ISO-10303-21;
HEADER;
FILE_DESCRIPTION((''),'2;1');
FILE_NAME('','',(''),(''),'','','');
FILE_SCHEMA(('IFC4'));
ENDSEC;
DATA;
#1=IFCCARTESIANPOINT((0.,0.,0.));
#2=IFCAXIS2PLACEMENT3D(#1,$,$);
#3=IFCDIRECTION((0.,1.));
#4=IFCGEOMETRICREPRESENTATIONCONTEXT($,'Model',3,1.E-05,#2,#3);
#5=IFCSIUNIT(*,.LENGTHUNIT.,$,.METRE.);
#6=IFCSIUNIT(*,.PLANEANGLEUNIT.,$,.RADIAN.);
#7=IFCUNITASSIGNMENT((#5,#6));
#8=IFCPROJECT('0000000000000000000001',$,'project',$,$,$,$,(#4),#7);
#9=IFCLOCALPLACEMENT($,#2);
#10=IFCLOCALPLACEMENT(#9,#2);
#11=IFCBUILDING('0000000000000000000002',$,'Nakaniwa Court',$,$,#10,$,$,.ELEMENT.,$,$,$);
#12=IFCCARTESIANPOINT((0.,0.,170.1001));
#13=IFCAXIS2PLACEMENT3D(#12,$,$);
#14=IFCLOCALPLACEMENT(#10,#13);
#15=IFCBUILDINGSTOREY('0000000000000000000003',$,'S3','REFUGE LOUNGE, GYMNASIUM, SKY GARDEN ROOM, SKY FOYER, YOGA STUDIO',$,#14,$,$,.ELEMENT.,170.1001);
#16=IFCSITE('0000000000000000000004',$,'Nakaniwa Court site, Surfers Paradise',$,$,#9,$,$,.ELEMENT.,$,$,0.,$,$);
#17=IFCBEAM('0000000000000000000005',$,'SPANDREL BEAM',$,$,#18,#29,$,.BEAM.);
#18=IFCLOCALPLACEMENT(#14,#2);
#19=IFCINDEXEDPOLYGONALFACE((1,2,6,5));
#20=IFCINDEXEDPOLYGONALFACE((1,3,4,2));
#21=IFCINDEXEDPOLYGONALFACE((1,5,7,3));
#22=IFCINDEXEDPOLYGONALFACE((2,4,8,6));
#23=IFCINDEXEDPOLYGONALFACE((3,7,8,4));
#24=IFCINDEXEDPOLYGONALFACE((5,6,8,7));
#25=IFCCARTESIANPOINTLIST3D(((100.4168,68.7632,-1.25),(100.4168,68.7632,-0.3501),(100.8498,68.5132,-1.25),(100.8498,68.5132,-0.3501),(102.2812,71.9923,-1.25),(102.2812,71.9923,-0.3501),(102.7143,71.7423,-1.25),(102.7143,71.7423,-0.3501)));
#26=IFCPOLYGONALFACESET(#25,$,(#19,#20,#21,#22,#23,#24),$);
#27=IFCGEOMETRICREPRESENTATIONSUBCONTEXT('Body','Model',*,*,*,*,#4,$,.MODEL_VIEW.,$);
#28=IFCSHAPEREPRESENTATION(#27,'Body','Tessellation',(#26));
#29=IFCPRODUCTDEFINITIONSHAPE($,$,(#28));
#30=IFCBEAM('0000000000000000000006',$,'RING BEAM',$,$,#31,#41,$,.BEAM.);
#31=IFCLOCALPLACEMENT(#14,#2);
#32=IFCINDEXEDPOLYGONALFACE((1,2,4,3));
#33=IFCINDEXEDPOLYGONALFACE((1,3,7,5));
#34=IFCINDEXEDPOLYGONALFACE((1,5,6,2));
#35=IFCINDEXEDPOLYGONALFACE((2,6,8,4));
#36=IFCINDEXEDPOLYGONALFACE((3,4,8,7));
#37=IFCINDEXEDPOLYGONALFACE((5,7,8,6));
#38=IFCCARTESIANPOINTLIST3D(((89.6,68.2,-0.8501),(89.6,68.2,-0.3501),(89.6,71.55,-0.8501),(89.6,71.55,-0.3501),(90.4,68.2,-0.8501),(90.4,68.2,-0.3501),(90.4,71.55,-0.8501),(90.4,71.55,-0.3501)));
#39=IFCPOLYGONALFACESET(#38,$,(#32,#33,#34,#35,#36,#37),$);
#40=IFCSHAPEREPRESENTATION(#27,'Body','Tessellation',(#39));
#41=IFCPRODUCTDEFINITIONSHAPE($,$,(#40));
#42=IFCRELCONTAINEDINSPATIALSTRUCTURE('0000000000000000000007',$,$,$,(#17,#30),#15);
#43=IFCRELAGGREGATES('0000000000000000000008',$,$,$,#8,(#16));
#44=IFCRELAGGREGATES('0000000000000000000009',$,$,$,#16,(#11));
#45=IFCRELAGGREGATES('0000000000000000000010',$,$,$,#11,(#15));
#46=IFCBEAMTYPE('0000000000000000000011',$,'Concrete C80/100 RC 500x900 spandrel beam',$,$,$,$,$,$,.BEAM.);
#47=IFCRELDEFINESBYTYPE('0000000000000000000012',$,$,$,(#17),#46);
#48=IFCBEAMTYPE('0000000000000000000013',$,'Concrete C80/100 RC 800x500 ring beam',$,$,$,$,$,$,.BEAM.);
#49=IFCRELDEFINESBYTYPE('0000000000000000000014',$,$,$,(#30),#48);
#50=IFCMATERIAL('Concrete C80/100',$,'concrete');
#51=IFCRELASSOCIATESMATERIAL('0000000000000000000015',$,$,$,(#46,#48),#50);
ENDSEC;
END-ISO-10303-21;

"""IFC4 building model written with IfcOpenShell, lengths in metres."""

from ifc_helpers import new_model, si_unit, direction, frame, origin, origin_2d, place, context, subcontext, project, spatial, rectangle, extrude, material, material_profile, profile_set, type_object, element, save


model = new_model("IFC4")

# Units and contexts
model_context = context("Model", 3, precision=1e-05, world=origin(), true_north=direction((0.0, 1.0)))
body_context = subcontext(model_context, "Body", "Model", "MODEL_VIEW")
ifc_project = project(units=[si_unit("LENGTHUNIT", "METRE"), si_unit("PLANEANGLEUNIT", "RADIAN")], contexts=[model_context])

# Site, building, storey
site_placement = place(None, origin())
site = spatial("IfcSite", under=ifc_project, at=site_placement, Name="Nakaniwa Court site, Surfers Paradise", CompositionType="ELEMENT", RefElevation=0.0)
building_placement = place(site_placement, origin())
building = spatial("IfcBuilding", under=site, at=building_placement, Name="Nakaniwa Court", CompositionType="ELEMENT")
storey_placement = place(building_placement, frame((0.0, 0.0, 170.1001)))
storey = spatial("IfcBuildingStorey", under=building, at=storey_placement, Name="S3", Description="REFUGE LOUNGE, GYMNASIUM, SKY GARDEN ROOM, SKY FOYER, YOGA STUDIO", CompositionType="ELEMENT", Elevation=170.1001)

# Shared definitions
ifc_material_1 = material(Name="Concrete C80/100", Category="concrete")

# Beams
ifc_material_profile_1 = material_profile(ifc_material_1, rectangle(XDim=0.5, YDim=0.8999, at=origin_2d()), Name="Concrete C80/100 RC 500x900 spandrel beam")
ifc_profile_set_1 = profile_set([ifc_material_profile_1], Name="Concrete C80/100")
beam_type_1 = type_object("IfcBeamType", Name="Concrete C80/100 RC 500x900 spandrel beam", PredefinedType="BEAM", material=ifc_profile_set_1)
beam_1_placement = place(storey_placement, frame((100.6333, 68.6382, -0.8), z_axis=(0.500019, 0.866014, 0.0), x_axis=(-0.866014, 0.500019, 0.0)))
element("IfcBeam", 1, at=beam_1_placement, inside=storey, type_object=beam_type_1, Name="SPANDREL BEAM", PredefinedType="BEAM", context=body_context, shape_type="SweptSolid", body=[
    extrude(rectangle(XDim=0.5, YDim=0.8999, at=origin_2d()), origin(), (0.0, 0.0, 1.0), 3.7288),
])
ifc_material_profile_2 = material_profile(ifc_material_1, rectangle(XDim=0.8, YDim=0.5, at=origin_2d()), Name="Concrete C80/100 RC 800x500 ring beam")
ifc_profile_set_2 = profile_set([ifc_material_profile_2], Name="Concrete C80/100")
beam_type_2 = type_object("IfcBeamType", Name="Concrete C80/100 RC 800x500 ring beam", PredefinedType="BEAM", material=ifc_profile_set_2)
beam_2_placement = place(storey_placement, frame((90.0, 68.2, -0.6001), z_axis=(0.0, 1.0, 0.0), x_axis=(-1.0, 0.0, 0.0)))
element("IfcBeam", 2, at=beam_2_placement, inside=storey, type_object=beam_type_2, Name="RING BEAM", PredefinedType="BEAM", context=body_context, shape_type="SweptSolid", body=[
    extrude(rectangle(XDim=0.8, YDim=0.5, at=origin_2d()), origin(), (0.0, 0.0, 1.0), 3.3501),
])

save(model, "model.ifc")
